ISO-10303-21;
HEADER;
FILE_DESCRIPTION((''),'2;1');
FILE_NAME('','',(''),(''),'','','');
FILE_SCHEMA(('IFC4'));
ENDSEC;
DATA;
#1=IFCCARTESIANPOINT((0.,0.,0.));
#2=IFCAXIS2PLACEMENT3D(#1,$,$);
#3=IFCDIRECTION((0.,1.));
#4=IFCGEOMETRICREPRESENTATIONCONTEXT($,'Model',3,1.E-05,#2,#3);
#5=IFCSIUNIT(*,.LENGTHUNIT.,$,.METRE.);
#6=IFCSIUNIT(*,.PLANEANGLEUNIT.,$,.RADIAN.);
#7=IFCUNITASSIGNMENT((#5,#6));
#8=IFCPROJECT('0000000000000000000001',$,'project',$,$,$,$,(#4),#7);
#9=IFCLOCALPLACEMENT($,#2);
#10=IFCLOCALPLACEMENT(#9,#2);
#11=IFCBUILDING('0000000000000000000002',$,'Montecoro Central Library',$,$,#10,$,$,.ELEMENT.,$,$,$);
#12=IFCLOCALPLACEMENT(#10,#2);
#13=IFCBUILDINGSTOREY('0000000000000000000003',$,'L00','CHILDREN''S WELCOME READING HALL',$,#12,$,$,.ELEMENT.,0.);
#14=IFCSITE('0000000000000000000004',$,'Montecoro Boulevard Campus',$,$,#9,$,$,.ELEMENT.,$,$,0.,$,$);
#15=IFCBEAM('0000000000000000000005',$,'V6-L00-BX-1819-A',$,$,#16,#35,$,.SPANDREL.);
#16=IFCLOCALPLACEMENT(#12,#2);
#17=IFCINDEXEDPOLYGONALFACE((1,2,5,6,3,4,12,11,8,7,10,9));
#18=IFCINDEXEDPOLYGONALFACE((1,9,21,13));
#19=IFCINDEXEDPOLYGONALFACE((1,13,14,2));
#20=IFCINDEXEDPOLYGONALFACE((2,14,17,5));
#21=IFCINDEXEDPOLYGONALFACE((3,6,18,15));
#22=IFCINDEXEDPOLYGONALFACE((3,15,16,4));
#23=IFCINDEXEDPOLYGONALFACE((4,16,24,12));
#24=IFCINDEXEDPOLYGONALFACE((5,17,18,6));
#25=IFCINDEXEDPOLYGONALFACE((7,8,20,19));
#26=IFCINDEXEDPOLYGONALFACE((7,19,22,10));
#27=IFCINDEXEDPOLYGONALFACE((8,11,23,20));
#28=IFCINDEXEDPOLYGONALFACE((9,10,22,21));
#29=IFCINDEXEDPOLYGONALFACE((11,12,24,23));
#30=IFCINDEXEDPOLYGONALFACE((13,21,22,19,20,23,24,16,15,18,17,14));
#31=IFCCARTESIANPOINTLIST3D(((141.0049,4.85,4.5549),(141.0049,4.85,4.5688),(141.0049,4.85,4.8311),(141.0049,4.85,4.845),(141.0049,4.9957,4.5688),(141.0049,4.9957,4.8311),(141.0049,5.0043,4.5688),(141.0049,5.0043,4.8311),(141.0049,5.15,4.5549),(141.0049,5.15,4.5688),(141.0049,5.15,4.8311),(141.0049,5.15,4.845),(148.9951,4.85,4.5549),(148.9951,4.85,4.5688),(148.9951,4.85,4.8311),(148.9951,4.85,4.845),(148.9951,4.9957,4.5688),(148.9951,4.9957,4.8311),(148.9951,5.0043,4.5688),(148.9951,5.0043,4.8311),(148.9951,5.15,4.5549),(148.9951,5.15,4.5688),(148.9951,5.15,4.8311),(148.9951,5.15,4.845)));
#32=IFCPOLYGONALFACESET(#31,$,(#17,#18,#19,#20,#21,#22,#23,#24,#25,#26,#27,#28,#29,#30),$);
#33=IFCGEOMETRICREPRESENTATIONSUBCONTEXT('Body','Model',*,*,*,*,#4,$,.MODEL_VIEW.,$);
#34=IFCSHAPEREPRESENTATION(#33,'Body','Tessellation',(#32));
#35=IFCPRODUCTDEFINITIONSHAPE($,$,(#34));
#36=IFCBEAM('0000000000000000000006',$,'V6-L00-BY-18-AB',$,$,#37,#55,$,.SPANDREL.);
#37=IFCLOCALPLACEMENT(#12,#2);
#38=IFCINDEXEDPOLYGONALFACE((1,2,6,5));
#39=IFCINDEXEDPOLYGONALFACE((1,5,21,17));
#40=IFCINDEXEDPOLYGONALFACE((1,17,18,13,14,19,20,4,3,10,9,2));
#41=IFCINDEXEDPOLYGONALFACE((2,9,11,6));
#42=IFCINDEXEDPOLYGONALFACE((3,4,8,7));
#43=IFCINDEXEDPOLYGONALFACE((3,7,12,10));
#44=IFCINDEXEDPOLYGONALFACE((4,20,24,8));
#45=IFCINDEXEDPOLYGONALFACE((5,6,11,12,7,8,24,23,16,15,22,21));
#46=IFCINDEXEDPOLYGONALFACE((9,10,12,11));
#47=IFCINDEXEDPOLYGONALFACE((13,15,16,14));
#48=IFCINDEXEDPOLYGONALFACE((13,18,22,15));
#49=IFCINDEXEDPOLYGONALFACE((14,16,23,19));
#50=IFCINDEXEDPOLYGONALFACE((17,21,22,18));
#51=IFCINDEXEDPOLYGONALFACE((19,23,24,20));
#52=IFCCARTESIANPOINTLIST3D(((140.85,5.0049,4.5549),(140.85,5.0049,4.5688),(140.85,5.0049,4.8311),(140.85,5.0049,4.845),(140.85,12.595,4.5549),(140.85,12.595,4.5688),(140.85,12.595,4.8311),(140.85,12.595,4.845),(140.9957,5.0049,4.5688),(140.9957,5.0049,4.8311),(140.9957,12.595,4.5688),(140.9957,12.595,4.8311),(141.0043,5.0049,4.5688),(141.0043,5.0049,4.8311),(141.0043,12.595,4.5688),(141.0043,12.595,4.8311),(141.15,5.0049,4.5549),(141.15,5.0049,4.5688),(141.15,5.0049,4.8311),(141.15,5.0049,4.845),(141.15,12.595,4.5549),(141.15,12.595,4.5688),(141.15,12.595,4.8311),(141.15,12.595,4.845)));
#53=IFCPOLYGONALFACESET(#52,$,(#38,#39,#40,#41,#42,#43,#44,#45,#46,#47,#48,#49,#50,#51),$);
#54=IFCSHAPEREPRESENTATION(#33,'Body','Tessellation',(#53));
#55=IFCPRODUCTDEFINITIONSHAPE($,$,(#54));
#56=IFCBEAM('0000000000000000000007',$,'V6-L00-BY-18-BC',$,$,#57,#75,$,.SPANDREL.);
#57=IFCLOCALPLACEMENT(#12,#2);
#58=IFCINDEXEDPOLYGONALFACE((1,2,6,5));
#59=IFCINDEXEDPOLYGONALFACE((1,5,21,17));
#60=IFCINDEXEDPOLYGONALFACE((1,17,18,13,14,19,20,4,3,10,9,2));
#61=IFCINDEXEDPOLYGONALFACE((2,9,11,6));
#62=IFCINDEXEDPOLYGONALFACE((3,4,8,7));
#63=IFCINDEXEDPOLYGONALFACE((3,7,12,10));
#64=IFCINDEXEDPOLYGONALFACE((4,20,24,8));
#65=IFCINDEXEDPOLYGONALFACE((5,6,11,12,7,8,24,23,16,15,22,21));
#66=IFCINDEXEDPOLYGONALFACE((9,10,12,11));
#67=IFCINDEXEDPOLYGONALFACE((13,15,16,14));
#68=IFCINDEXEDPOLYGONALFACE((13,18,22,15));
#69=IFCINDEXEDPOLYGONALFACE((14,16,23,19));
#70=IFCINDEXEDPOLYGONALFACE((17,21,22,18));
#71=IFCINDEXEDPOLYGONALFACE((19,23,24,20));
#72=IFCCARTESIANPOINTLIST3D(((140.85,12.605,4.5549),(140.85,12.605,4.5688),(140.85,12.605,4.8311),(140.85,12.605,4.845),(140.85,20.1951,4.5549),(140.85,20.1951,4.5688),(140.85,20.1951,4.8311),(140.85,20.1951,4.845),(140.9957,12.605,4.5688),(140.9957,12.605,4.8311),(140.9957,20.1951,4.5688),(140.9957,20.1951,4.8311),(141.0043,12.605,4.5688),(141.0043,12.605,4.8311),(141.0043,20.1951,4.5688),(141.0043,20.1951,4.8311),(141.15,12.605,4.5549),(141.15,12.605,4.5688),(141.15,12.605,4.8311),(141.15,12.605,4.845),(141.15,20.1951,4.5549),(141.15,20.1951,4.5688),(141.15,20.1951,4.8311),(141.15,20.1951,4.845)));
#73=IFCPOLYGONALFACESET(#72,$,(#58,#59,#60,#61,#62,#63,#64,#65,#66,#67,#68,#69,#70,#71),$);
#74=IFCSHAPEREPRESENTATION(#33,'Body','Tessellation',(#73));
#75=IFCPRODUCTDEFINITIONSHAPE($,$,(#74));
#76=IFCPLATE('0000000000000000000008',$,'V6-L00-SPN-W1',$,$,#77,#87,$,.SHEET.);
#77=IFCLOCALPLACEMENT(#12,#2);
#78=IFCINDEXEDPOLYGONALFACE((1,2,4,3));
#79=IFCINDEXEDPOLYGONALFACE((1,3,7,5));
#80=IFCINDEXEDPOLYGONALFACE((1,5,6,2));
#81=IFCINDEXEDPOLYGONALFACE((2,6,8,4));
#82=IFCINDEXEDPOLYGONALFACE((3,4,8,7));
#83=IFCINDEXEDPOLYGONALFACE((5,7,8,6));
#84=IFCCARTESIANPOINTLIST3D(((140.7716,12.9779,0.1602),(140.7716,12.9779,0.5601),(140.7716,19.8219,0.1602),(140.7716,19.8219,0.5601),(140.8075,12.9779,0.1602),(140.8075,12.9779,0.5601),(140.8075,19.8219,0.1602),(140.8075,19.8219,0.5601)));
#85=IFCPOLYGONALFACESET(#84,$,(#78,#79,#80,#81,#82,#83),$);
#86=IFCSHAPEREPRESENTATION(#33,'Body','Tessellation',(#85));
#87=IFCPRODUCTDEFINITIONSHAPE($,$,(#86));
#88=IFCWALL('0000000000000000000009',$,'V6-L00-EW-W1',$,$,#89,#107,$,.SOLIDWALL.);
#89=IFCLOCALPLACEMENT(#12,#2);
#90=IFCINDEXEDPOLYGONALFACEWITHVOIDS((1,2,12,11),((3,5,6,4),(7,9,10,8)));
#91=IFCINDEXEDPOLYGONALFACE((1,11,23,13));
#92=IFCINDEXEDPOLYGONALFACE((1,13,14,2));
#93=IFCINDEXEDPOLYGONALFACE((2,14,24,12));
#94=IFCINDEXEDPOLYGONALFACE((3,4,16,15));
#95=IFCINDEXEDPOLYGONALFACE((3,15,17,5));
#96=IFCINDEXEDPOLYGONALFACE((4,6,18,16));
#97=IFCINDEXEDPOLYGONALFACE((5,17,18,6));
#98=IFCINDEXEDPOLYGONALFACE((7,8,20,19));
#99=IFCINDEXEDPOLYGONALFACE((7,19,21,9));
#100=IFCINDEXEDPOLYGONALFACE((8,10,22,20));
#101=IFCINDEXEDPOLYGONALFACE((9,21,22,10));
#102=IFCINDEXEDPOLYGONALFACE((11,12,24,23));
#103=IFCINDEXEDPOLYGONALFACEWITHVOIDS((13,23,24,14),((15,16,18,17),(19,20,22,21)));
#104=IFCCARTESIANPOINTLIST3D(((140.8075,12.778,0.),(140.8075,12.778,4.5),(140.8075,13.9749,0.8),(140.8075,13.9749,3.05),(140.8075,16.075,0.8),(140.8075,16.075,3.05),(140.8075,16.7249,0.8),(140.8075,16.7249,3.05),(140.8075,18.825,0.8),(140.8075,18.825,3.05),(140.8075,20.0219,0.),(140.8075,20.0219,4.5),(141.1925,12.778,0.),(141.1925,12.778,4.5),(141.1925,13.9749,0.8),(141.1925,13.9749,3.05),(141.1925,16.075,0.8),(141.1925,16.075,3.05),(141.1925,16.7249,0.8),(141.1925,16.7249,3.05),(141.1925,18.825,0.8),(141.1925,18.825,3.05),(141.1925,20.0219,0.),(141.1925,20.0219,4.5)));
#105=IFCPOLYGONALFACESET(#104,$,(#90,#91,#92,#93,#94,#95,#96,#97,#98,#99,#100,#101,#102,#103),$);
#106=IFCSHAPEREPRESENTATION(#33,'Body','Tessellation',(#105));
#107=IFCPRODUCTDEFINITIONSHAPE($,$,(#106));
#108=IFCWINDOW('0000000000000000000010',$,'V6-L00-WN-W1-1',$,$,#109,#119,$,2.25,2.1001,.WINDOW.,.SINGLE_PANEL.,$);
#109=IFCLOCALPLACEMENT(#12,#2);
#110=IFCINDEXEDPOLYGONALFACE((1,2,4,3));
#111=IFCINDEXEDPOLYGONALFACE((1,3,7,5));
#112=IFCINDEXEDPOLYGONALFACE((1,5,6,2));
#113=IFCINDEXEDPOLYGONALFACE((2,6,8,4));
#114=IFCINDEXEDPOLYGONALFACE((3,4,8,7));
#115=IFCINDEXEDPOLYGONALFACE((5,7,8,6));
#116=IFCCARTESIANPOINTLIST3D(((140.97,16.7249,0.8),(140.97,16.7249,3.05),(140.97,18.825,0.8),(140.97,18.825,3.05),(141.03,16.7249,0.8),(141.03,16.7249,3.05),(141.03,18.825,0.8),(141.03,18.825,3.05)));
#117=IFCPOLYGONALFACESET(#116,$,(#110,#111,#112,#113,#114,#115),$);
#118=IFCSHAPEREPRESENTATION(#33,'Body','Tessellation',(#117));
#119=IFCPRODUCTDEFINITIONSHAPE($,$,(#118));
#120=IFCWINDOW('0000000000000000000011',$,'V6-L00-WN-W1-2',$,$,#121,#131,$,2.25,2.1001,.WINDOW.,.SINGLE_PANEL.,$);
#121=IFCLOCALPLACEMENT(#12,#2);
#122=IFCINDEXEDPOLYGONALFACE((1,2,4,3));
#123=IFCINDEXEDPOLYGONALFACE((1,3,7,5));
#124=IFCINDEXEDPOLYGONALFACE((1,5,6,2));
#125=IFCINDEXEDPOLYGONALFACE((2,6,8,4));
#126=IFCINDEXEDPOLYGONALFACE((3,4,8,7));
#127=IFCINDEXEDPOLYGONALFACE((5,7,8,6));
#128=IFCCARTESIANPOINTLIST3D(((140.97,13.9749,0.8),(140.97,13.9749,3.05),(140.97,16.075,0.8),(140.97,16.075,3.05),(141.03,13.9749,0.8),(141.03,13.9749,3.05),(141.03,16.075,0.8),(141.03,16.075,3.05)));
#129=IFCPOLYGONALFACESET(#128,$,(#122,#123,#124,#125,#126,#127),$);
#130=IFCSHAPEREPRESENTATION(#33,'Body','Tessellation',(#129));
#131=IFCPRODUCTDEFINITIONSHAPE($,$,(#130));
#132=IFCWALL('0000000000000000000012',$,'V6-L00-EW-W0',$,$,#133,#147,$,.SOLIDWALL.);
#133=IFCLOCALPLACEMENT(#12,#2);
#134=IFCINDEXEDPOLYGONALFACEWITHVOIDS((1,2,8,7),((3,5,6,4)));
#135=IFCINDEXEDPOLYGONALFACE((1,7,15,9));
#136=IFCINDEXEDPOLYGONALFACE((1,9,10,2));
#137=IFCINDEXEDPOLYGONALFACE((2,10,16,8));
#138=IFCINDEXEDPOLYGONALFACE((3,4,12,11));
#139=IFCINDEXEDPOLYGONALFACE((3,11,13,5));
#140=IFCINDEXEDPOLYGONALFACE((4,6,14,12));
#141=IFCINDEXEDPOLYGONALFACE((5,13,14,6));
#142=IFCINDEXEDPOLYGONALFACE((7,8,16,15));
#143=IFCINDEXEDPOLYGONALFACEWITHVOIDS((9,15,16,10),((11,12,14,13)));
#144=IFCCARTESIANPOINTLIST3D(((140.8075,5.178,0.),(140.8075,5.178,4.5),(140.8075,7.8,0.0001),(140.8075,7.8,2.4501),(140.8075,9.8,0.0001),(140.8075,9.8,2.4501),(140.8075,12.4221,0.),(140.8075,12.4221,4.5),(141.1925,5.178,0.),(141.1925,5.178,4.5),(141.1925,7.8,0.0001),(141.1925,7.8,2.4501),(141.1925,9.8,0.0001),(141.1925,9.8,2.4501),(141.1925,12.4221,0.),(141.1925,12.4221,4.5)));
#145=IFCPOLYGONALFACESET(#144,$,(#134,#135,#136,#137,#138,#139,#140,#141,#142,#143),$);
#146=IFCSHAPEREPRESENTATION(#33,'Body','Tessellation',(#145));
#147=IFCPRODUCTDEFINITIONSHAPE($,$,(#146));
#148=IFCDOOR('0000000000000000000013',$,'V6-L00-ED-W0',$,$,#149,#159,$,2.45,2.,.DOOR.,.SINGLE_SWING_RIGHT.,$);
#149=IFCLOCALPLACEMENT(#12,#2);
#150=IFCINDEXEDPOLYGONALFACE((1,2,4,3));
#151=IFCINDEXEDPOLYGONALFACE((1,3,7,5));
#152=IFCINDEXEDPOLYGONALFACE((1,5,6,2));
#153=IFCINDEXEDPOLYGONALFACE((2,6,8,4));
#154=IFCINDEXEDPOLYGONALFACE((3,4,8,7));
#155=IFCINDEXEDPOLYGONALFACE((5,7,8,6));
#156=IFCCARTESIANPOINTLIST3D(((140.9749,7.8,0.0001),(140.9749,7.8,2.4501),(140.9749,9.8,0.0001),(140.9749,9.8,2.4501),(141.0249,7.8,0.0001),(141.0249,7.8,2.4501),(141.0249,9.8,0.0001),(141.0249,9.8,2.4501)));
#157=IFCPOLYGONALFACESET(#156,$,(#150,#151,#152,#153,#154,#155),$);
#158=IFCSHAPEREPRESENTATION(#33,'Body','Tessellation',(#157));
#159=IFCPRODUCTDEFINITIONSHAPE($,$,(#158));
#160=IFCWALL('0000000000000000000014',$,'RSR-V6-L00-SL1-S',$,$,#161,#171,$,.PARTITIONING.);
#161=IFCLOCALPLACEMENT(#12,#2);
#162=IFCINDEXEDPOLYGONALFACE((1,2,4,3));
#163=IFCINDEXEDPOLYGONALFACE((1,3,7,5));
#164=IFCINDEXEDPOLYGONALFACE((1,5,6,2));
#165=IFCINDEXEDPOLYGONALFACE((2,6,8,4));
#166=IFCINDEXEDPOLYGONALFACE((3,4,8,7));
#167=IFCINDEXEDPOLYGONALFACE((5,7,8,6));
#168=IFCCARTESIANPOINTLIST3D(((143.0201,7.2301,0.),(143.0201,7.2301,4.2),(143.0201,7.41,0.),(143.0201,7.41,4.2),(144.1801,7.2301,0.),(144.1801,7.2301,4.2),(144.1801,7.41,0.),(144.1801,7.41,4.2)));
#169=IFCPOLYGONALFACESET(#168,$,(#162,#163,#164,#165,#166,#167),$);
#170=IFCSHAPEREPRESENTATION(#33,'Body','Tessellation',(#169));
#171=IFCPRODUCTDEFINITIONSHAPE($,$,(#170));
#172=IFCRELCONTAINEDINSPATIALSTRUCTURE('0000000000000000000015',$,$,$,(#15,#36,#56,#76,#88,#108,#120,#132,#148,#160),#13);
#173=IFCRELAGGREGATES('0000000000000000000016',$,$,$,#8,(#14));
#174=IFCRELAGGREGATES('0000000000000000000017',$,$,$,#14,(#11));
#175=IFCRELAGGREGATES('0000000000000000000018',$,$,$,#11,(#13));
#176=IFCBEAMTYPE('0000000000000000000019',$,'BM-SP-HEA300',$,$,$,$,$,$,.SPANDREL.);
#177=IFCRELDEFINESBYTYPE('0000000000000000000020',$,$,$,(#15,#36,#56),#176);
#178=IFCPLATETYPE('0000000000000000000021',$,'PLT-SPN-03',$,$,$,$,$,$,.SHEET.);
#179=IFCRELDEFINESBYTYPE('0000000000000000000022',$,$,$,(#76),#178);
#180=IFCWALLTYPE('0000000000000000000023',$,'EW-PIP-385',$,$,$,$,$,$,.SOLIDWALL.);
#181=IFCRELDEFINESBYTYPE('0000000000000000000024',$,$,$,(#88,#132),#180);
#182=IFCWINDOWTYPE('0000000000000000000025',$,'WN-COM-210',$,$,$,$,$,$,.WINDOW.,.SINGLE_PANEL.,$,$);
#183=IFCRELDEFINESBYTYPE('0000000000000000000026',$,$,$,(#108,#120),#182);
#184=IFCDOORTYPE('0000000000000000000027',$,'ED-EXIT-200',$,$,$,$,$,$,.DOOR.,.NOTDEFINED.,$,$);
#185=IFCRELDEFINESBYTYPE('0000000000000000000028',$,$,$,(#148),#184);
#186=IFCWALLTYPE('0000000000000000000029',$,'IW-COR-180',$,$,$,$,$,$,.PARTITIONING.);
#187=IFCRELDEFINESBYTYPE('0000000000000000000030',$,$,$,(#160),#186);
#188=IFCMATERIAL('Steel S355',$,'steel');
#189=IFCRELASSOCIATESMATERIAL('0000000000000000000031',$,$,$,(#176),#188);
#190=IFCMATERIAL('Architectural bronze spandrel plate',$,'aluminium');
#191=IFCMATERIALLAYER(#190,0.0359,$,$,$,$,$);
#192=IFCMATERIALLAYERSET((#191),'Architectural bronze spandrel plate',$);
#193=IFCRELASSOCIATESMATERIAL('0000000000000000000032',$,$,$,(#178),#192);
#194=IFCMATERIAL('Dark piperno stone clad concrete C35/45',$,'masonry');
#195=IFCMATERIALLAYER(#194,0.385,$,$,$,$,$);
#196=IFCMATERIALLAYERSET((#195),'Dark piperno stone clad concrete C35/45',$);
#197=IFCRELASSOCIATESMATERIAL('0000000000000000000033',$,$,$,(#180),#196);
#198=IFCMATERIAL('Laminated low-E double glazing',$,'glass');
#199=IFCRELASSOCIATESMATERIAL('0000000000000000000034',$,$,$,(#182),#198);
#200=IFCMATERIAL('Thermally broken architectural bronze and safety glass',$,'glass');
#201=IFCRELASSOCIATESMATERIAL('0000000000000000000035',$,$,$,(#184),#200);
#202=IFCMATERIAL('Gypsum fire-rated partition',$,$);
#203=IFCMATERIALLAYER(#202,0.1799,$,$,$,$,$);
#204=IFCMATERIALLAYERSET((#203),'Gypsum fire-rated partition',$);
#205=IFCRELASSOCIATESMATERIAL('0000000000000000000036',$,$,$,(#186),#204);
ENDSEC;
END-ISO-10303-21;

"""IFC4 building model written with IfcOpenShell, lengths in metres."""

from ifc_helpers import new_model, si_unit, direction, frame, frame_2d, origin, origin_2d, place, context, subcontext, project, spatial, rectangle, i_section, extrude, material, layer, layer_set, material_profile, profile_set, type_object, element, fill, save


model = new_model("IFC4")

# Units and contexts
model_context = context("Model", 3, precision=1e-05, world=origin(), true_north=direction((0.0, 1.0)))
body_context = subcontext(model_context, "Body", "Model", "MODEL_VIEW")
ifc_project = project(units=[si_unit("LENGTHUNIT", "METRE"), si_unit("PLANEANGLEUNIT", "RADIAN")], contexts=[model_context])

# Site, building, storey
site_placement = place(None, origin())
site = spatial("IfcSite", under=ifc_project, at=site_placement, Name="Montecoro Boulevard Campus", CompositionType="ELEMENT", RefElevation=0.0)
building_placement = place(site_placement, origin())
building = spatial("IfcBuilding", under=site, at=building_placement, Name="Montecoro Central Library", CompositionType="ELEMENT")
storey_placement = place(building_placement, origin())
storey = spatial("IfcBuildingStorey", under=building, at=storey_placement, Name="L00", Description="CHILDREN'S WELCOME READING HALL", CompositionType="ELEMENT", Elevation=0.0)

# Beams
ifc_material_1 = material(Name="Steel S355", Category="steel")
ifc_material_profile_1 = material_profile(ifc_material_1, i_section(OverallWidth=0.3, OverallDepth=0.29, WebThickness=0.0085, FlangeThickness=0.0139, at=origin_2d()), Name="HEA 300")
ifc_profile_set_1 = profile_set([ifc_material_profile_1], Name="Steel S355")
beam_type_1 = type_object("IfcBeamType", Name="BM-SP-HEA300", PredefinedType="SPANDREL", material=ifc_profile_set_1)
beam_placement = place(storey_placement, frame((141.0049, 5.0, 4.7), z_axis=(1.0, 0.0, 0.0), x_axis=(0.0, 1.0, 0.0)))
element("IfcBeam", 1, at=beam_placement, inside=storey, type_object=beam_type_1, Name="V6-L00-BX-1819-A", PredefinedType="SPANDREL", context=body_context, shape_type="SweptSolid", body=[
    extrude(i_section(OverallWidth=0.3, OverallDepth=0.29, WebThickness=0.0085, FlangeThickness=0.0139, at=origin_2d()), origin(), (0.0, 0.0, 1.0), 7.9902),
])
for number, where, z_axis, x_axis, name in (
    (2, (141.0, 5.0049, 4.7), (0.0, 1.0, 0.0), (-1.0, 0.0, 0.0), "V6-L00-BY-18-AB"),
    (3, (141.0, 12.605, 4.7), (0.0, 1.0, 0.0), (-1.0, 0.0, 0.0), "V6-L00-BY-18-BC"),
):
    element("IfcBeam", number, at=place(storey_placement, frame(where, z_axis=z_axis, x_axis=x_axis)), inside=storey, type_object=beam_type_1, Name=name, PredefinedType="SPANDREL", context=body_context, shape_type="SweptSolid", body=[
        extrude(i_section(OverallWidth=0.3, OverallDepth=0.29, WebThickness=0.0085, FlangeThickness=0.0139, at=origin_2d()), origin(), (0.0, 0.0, 1.0), 7.5901),
    ])

# Plate
ifc_material_2 = material(Name="Architectural bronze spandrel plate", Category="aluminium")
ifc_layer_1 = layer(ifc_material_2, 0.0359)
ifc_layer_set_1 = layer_set([ifc_layer_1], Name="Architectural bronze spandrel plate")
plate_type = type_object("IfcPlateType", Name="PLT-SPN-03", PredefinedType="SHEET", material=ifc_layer_set_1)
plate_placement = place(storey_placement, frame((140.7896, 16.3999, 0.1602), z_axis=(0.0, 0.0, 1.0), x_axis=(0.0, -1.0, 0.0)))
element("IfcPlate", 4, at=plate_placement, inside=storey, type_object=plate_type, Name="V6-L00-SPN-W1", PredefinedType="SHEET", context=body_context, shape_type="SweptSolid", body=[
    extrude(rectangle(XDim=6.844, YDim=0.0359, at=origin_2d()), origin(), (0.0, 0.0, 1.0), 0.3999),
])

# Shared definitions
ifc_material_3 = material(Name="Dark piperno stone clad concrete C35/45", Category="masonry")
ifc_layer_2 = layer(ifc_material_3, 0.385)
ifc_layer_set_2 = layer_set([ifc_layer_2], Name="Dark piperno stone clad concrete C35/45")
wall_type_1 = type_object("IfcWallType", Name="EW-PIP-385", PredefinedType="SOLIDWALL", material=ifc_layer_set_2)
ifc_material_4 = material(Name="Thermally broken architectural bronze and safety glass", Category="glass")

# Wall, openings, windows
wall_1_placement = place(storey_placement, frame((141.0, 20.022, 0.0), z_axis=(0.0, 0.0, 1.0), x_axis=(0.0, -1.0, 0.0)))
wall_1 = element("IfcWall", 5, at=wall_1_placement, inside=storey, type_object=wall_type_1, Name="V6-L00-EW-W1", PredefinedType="SOLIDWALL", context=body_context, shape_type="SweptSolid", body=[
    extrude(rectangle(XDim=7.2439, YDim=0.385, at=frame_2d((3.6221, 0.0))), origin(), (0.0, 0.0, 1.0), 4.5),
])
opening_1_placement = place(wall_1_placement, frame((1.197, 0.0, 0.8)))
opening_1 = element("IfcOpeningElement", 6, at=opening_1_placement, cuts=wall_1, PredefinedType="OPENING", context=body_context, shape_type="SweptSolid", body=[
    extrude(rectangle(XDim=2.1001, YDim=2.25, at=frame_2d((1.05, 1.125))), frame((0.0, 0.2024, 0.0), z_axis=(0.0, -1.0, 0.0), x_axis=(1.0, 0.0, 0.0)), (0.0, 0.0, 1.0), 0.405),
])
opening_2_placement = place(wall_1_placement, frame((3.947, 0.0, 0.8)))
opening_2 = element("IfcOpeningElement", 7, at=opening_2_placement, cuts=wall_1, PredefinedType="OPENING", context=body_context, shape_type="SweptSolid", body=[
    extrude(rectangle(XDim=2.1001, YDim=2.25, at=frame_2d((1.05, 1.125))), frame((0.0, 0.2024, 0.0), z_axis=(0.0, -1.0, 0.0), x_axis=(1.0, 0.0, 0.0)), (0.0, 0.0, 1.0), 0.405),
])
ifc_material_5 = material(Name="Laminated low-E double glazing", Category="glass")
window_type = type_object("IfcWindowType", Name="WN-COM-210", PartitioningType="SINGLE_PANEL", PredefinedType="WINDOW", material=ifc_material_5)
window_1_placement = place(opening_1_placement, origin())
window_1 = element("IfcWindow", 8, at=window_1_placement, inside=storey, type_object=window_type, Name="V6-L00-WN-W1-1", OverallHeight=2.25, OverallWidth=2.1001, PartitioningType="SINGLE_PANEL", PredefinedType="WINDOW", context=body_context, shape_type="SweptSolid", body=[
    extrude(rectangle(XDim=2.1001, YDim=2.25, at=frame_2d((1.05, 1.125))), frame((0.0, 0.03, 0.0), z_axis=(0.0, -1.0, 0.0), x_axis=(1.0, 0.0, 0.0)), (0.0, 0.0, 1.0), 0.0601),
])
fill(opening_1, window_1)
window_2_placement = place(opening_2_placement, origin())
window_2 = element("IfcWindow", 9, at=window_2_placement, inside=storey, type_object=window_type, Name="V6-L00-WN-W1-2", OverallHeight=2.25, OverallWidth=2.1001, PartitioningType="SINGLE_PANEL", PredefinedType="WINDOW", context=body_context, shape_type="SweptSolid", body=[
    extrude(rectangle(XDim=2.1001, YDim=2.25, at=frame_2d((1.05, 1.125))), frame((0.0, 0.03, 0.0), z_axis=(0.0, -1.0, 0.0), x_axis=(1.0, 0.0, 0.0)), (0.0, 0.0, 1.0), 0.0601),
])
fill(opening_2, window_2)

# Wall, opening, door
wall_2_placement = place(storey_placement, frame((141.0, 12.4221, 0.0), z_axis=(0.0, 0.0, 1.0), x_axis=(0.0, -1.0, 0.0)))
wall_2 = element("IfcWall", 10, at=wall_2_placement, inside=storey, type_object=wall_type_1, Name="V6-L00-EW-W0", PredefinedType="SOLIDWALL", context=body_context, shape_type="SweptSolid", body=[
    extrude(rectangle(XDim=7.2441, YDim=0.385, at=frame_2d((3.6221, 0.0))), origin(), (0.0, 0.0, 1.0), 4.5),
])
opening_3_placement = place(wall_2_placement, frame((2.6221, 0.0, 0.0)))
opening_3 = element("IfcOpeningElement", 11, at=opening_3_placement, cuts=wall_2, PredefinedType="OPENING", context=body_context, shape_type="SweptSolid", body=[
    extrude(rectangle(XDim=2.0, YDim=2.45, at=frame_2d((1.0, 1.2251))), frame((0.0, 0.2024, 0.0), z_axis=(0.0, -1.0, 0.0), x_axis=(1.0, 0.0, 0.0)), (0.0, 0.0, 1.0), 0.405),
])
door_type_1 = type_object("IfcDoorType", Name="ED-EXIT-200", OperationType="NOTDEFINED", PredefinedType="DOOR", material=ifc_material_4)
door_1_placement = place(opening_3_placement, origin())
door_1 = element("IfcDoor", 12, at=door_1_placement, inside=storey, type_object=door_type_1, Name="V6-L00-ED-W0", OperationType="SINGLE_SWING_RIGHT", OverallHeight=2.45, OverallWidth=2.0, PredefinedType="DOOR", context=body_context, shape_type="SweptSolid", body=[
    extrude(rectangle(XDim=2.0, YDim=2.45, at=frame_2d((1.0, 1.2251))), frame((0.0, 0.0249, 0.0), z_axis=(0.0, -1.0, 0.0), x_axis=(1.0, 0.0, 0.0)), (0.0, 0.0, 1.0), 0.05),
])
fill(opening_3, door_1)

# Wall
ifc_material_6 = material(Name="Gypsum fire-rated partition")
ifc_layer_3 = layer(ifc_material_6, 0.1799)
ifc_layer_set_3 = layer_set([ifc_layer_3], Name="Gypsum fire-rated partition")
wall_type_2 = type_object("IfcWallType", Name="IW-COR-180", PredefinedType="PARTITIONING", material=ifc_layer_set_3)
for number, where, z_axis, x_axis, name in (
    (13, (143.02, 7.3201, 0.0), (0.0, 0.0, 1.0), (1.0, 0.0, 0.0), "RSR-V6-L00-SL1-S"),
):
    element("IfcWall", number, at=place(storey_placement, frame(where, z_axis=z_axis, x_axis=x_axis)), inside=storey, type_object=wall_type_2, Name=name, PredefinedType="PARTITIONING", context=body_context, shape_type="SweptSolid", body=[
        extrude(rectangle(XDim=1.1599, YDim=0.1799, at=frame_2d((0.5801, 0.0))), origin(), (0.0, 0.0, 1.0), 4.2),
    ])

save(model, "model.ifc")
